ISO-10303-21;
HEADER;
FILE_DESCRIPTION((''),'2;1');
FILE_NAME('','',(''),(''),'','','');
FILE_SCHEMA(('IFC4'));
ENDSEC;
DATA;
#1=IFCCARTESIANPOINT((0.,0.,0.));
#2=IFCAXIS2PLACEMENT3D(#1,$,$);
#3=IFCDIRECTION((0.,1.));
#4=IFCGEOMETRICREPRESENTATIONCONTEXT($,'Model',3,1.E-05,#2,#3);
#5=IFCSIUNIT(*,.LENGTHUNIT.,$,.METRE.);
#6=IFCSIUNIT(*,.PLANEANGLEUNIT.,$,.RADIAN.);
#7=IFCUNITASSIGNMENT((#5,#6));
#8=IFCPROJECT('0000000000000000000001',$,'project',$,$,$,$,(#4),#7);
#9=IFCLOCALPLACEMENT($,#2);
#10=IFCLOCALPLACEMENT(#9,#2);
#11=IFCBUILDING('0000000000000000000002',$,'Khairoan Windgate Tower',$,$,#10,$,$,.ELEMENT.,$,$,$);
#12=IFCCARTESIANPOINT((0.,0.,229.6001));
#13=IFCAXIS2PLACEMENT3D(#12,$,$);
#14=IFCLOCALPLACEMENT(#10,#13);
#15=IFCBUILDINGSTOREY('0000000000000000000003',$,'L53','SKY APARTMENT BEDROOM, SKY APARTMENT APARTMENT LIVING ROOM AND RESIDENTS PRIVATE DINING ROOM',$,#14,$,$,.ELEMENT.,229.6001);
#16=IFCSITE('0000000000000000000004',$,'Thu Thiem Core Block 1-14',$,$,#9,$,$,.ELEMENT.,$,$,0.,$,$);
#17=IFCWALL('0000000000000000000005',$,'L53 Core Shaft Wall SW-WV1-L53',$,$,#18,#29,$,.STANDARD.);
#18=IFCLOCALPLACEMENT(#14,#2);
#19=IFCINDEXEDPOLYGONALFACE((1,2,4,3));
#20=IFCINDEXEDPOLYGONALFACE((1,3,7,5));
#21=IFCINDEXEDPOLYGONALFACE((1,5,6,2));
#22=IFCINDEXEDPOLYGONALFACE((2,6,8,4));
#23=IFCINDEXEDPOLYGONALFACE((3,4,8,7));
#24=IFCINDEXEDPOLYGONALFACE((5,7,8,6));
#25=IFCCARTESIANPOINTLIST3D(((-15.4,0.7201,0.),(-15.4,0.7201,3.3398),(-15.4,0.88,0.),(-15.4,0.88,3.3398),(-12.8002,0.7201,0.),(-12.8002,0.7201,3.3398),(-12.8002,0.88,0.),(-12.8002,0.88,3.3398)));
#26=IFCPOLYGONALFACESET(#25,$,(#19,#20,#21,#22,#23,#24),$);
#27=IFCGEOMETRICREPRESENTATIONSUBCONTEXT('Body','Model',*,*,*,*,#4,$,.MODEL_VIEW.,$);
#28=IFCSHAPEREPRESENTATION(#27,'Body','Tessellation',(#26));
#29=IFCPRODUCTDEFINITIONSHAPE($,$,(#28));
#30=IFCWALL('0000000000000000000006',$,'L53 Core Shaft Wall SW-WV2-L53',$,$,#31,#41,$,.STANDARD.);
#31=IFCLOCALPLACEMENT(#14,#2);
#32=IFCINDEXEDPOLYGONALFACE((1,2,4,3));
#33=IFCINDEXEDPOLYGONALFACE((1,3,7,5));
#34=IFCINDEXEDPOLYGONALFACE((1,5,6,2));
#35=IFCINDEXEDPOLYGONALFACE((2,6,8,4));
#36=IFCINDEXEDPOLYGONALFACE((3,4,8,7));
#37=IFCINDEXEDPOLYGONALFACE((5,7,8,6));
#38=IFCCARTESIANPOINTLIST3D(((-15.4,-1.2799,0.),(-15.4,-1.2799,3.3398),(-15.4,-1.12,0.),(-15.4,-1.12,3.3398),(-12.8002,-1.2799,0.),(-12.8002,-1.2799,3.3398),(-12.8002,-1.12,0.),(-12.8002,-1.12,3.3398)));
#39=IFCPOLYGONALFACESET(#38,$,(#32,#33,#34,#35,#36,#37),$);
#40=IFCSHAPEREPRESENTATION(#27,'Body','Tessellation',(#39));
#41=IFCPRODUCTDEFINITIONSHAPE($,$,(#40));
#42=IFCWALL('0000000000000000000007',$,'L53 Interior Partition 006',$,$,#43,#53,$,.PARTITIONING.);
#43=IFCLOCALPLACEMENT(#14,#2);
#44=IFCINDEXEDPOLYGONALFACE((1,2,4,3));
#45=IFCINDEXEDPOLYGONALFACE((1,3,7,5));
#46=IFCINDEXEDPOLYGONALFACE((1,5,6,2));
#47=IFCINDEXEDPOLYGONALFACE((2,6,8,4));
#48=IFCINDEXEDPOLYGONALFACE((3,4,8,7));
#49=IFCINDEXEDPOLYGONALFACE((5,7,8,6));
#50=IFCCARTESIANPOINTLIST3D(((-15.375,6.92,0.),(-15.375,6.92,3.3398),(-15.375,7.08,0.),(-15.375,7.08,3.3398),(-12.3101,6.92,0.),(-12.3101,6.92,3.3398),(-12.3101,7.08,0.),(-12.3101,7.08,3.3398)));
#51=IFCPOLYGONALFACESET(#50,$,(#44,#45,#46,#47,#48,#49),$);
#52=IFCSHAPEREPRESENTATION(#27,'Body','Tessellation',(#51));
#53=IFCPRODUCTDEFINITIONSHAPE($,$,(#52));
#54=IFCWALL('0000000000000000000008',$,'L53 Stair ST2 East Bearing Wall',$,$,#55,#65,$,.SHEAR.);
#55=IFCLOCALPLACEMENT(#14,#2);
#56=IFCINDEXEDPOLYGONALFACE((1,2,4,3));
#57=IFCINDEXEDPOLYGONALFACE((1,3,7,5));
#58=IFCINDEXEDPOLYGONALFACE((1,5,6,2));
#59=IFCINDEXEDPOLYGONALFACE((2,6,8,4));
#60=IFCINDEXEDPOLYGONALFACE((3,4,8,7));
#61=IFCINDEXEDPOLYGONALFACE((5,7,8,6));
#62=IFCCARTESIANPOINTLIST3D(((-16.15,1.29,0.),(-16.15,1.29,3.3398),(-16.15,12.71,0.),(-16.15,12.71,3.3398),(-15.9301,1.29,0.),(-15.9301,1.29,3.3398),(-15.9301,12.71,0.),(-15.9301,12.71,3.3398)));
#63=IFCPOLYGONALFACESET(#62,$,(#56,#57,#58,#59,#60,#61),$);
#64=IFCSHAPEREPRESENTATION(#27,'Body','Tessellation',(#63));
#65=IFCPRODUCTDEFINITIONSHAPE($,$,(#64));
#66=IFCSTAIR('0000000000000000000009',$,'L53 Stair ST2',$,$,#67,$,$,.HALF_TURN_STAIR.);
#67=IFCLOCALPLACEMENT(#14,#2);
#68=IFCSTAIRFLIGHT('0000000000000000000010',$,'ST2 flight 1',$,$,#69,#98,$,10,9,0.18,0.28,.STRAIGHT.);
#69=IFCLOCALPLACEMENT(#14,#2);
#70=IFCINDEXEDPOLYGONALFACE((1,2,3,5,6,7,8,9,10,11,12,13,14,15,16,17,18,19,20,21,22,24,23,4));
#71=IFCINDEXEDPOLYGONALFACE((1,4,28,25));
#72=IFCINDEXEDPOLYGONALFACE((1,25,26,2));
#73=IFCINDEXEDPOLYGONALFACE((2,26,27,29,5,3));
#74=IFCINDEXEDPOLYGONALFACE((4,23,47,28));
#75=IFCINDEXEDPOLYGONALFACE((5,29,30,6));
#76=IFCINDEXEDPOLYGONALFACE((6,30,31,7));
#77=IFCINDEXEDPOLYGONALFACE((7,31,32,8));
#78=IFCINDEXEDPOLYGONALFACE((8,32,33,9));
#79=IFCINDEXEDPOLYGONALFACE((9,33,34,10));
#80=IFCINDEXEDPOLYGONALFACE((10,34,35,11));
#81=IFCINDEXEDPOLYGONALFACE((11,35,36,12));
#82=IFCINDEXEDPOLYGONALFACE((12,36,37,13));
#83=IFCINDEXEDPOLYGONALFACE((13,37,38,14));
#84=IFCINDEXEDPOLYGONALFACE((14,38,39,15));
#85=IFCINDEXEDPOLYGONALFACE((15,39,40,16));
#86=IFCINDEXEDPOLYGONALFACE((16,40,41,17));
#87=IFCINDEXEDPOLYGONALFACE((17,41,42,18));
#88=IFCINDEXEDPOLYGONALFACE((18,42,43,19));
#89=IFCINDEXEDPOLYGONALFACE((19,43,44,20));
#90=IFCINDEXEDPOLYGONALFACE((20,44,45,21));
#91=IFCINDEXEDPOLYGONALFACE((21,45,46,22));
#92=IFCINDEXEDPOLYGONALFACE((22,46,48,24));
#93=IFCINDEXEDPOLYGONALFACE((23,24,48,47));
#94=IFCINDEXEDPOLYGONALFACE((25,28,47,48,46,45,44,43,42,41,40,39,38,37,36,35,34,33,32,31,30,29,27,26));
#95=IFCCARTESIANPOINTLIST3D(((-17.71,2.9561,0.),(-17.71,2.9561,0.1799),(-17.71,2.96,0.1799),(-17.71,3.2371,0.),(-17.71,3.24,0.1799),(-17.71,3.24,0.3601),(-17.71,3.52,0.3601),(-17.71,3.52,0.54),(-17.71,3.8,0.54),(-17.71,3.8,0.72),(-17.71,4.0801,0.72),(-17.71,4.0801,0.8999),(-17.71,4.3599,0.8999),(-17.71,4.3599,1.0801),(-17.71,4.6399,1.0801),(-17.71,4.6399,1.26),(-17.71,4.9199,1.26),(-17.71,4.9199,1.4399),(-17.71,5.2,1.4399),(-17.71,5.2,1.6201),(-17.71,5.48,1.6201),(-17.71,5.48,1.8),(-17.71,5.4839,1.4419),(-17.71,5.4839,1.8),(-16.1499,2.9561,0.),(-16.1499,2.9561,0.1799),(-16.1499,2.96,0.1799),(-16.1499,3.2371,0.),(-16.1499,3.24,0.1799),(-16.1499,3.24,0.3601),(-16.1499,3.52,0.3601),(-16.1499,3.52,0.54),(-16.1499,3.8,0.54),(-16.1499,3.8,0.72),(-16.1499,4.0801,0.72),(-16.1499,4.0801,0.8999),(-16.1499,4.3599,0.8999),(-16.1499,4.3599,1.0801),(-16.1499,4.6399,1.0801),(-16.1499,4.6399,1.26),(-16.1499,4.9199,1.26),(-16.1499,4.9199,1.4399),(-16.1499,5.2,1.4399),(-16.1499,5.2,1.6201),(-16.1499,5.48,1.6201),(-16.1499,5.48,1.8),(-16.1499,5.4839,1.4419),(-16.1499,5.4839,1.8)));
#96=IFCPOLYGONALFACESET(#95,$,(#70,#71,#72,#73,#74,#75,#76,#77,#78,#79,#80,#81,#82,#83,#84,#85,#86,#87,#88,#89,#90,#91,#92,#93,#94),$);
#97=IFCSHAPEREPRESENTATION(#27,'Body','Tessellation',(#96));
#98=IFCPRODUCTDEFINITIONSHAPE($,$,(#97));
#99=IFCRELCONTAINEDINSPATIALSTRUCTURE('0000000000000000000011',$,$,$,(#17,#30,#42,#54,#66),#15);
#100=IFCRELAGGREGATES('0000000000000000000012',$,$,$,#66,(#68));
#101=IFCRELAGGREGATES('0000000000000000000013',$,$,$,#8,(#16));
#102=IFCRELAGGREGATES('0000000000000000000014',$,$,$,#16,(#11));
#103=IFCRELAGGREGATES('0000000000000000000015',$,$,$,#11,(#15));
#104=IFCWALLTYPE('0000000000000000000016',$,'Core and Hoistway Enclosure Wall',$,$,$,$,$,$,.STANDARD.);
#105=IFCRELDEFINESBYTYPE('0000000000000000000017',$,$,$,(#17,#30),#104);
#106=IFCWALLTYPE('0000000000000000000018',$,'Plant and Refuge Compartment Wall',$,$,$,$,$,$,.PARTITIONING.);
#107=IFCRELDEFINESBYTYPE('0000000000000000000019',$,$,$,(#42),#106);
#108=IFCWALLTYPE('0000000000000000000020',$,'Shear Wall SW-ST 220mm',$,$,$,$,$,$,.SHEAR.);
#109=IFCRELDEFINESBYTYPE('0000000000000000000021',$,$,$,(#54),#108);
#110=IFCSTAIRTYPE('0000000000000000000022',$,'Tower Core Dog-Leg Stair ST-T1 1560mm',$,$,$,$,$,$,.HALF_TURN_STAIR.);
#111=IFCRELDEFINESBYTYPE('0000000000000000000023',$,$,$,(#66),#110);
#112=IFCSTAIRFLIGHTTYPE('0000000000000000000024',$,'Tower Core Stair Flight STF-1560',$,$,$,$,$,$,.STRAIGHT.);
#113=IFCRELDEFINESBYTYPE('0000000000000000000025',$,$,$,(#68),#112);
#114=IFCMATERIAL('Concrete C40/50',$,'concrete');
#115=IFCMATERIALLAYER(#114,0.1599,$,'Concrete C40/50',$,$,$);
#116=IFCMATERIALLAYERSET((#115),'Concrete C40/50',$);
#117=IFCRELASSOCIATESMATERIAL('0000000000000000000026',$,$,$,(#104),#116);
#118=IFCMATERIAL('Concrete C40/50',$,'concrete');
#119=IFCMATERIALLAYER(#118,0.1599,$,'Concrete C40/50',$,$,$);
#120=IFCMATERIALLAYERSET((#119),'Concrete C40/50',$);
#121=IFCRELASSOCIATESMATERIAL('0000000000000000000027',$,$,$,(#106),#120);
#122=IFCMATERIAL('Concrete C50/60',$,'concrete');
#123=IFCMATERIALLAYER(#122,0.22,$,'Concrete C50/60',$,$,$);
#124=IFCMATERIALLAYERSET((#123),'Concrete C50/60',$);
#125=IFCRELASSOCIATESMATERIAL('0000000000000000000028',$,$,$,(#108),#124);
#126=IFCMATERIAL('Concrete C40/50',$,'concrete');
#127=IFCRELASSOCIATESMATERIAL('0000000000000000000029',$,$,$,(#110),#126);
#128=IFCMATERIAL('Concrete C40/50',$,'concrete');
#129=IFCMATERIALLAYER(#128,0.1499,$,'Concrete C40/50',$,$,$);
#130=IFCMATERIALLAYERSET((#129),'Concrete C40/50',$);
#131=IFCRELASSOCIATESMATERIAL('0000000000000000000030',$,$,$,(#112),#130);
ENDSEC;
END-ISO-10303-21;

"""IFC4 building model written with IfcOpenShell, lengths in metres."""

from ifc_helpers import new_model, si_unit, direction, frame, frame_2d, origin, place, context, subcontext, project, spatial, polyline, rectangle, outline, extrude, material, layer, layer_set, type_object, element, aggregate, save


model = new_model("IFC4")

# Units and contexts
model_context = context("Model", 3, precision=1e-05, world=origin(), true_north=direction((0.0, 1.0)))
body_context = subcontext(model_context, "Body", "Model", "MODEL_VIEW")
ifc_project = project(units=[si_unit("LENGTHUNIT", "METRE"), si_unit("PLANEANGLEUNIT", "RADIAN")], contexts=[model_context])

# Site, building, storey
site_placement = place(None, origin())
site = spatial("IfcSite", under=ifc_project, at=site_placement, Name="Thu Thiem Core Block 1-14", CompositionType="ELEMENT", RefElevation=0.0)
building_placement = place(site_placement, origin())
building = spatial("IfcBuilding", under=site, at=building_placement, Name="Khairoan Windgate Tower", CompositionType="ELEMENT")
storey_placement = place(building_placement, frame((0.0, 0.0, 229.6001)))
storey = spatial("IfcBuildingStorey", under=building, at=storey_placement, Name="L53", Description="SKY APARTMENT BEDROOM, SKY APARTMENT APARTMENT LIVING ROOM AND RESIDENTS PRIVATE DINING ROOM", CompositionType="ELEMENT", Elevation=229.6001)

# Walls
ifc_material_1 = material(Name="Concrete C40/50", Category="concrete")
ifc_layer_1 = layer(ifc_material_1, 0.1599, Name="Concrete C40/50")
ifc_layer_set_1 = layer_set([ifc_layer_1], Name="Concrete C40/50")
wall_type_1 = type_object("IfcWallType", Name="Core and Hoistway Enclosure Wall", PredefinedType="STANDARD", material=ifc_layer_set_1)
for number, where, z_axis, x_axis, name in (
    (1, (-15.3999, 0.8, 0.0), (0.0, 0.0, 1.0), (1.0, 0.0, 0.0), "L53 Core Shaft Wall SW-WV1-L53"),
    (2, (-15.3999, -1.2, 0.0), (0.0, 0.0, 1.0), (1.0, 0.0, 0.0), "L53 Core Shaft Wall SW-WV2-L53"),
):
    element("IfcWall", number, at=place(storey_placement, frame(where, z_axis=z_axis, x_axis=x_axis)), inside=storey, type_object=wall_type_1, Name=name, PredefinedType="STANDARD", context=body_context, shape_type="SweptSolid", body=[
        extrude(rectangle(XDim=2.5999, YDim=0.1599, at=frame_2d((1.2998, 0.0))), origin(), (0.0, 0.0, 1.0), 3.3398),
    ])
ifc_material_2 = material(Name="Concrete C40/50", Category="concrete")
ifc_layer_2 = layer(ifc_material_2, 0.1599, Name="Concrete C40/50")
ifc_layer_set_2 = layer_set([ifc_layer_2], Name="Concrete C40/50")
wall_type_2 = type_object("IfcWallType", Name="Plant and Refuge Compartment Wall", PredefinedType="PARTITIONING", material=ifc_layer_set_2)
wall_1_placement = place(storey_placement, frame((-15.375, 7.0, 0.0), z_axis=(0.0, 0.0, 1.0), x_axis=(1.0, 0.0, 0.0)))
element("IfcWall", 3, at=wall_1_placement, inside=storey, type_object=wall_type_2, Name="L53 Interior Partition 006", PredefinedType="PARTITIONING", context=body_context, shape_type="SweptSolid", body=[
    extrude(rectangle(XDim=3.0649, YDim=0.1599, at=frame_2d((1.5325, 0.0))), origin(), (0.0, 0.0, 1.0), 3.3398),
])
ifc_material_3 = material(Name="Concrete C50/60", Category="concrete")
ifc_layer_3 = layer(ifc_material_3, 0.22, Name="Concrete C50/60")
ifc_layer_set_3 = layer_set([ifc_layer_3], Name="Concrete C50/60")
wall_type_3 = type_object("IfcWallType", Name="Shear Wall SW-ST 220mm", PredefinedType="SHEAR", material=ifc_layer_set_3)
wall_2_placement = place(storey_placement, frame((-16.04, 1.29, 0.0), z_axis=(0.0, 0.0, 1.0), x_axis=(0.0, 1.0, 0.0)))
element("IfcWall", 4, at=wall_2_placement, inside=storey, type_object=wall_type_3, Name="L53 Stair ST2 East Bearing Wall", PredefinedType="SHEAR", context=body_context, shape_type="SweptSolid", body=[
    extrude(rectangle(XDim=11.4199, YDim=0.22, at=frame_2d((5.71, 0.0))), origin(), (0.0, 0.0, 1.0), 3.3398),
])

# Stair, stair flight
ifc_material_4 = material(Name="Concrete C40/50", Category="concrete")
stair_type = type_object("IfcStairType", Name="Tower Core Dog-Leg Stair ST-T1 1560mm", PredefinedType="HALF_TURN_STAIR", material=ifc_material_4)
stair_placement = place(storey_placement, origin())
stair = element("IfcStair", 5, at=stair_placement, inside=storey, type_object=stair_type, Name="L53 Stair ST2", PredefinedType="HALF_TURN_STAIR")
ifc_material_5 = material(Name="Concrete C40/50", Category="concrete")
ifc_layer_4 = layer(ifc_material_5, 0.1499, Name="Concrete C40/50")
ifc_layer_set_4 = layer_set([ifc_layer_4], Name="Concrete C40/50")
stair_flight_type = type_object("IfcStairFlightType", Name="Tower Core Stair Flight STF-1560", PredefinedType="STRAIGHT", material=ifc_layer_set_4)
stair_flight_placement = place(storey_placement, frame((-16.9299, 2.96, 0.0), z_axis=(0.0, 0.0, 1.0), x_axis=(0.0, 1.0, 0.0)))
stair_flight = element("IfcStairFlight", 6, at=stair_flight_placement, type_object=stair_flight_type, Name="ST2 flight 1", NumberOfRisers=10, NumberOfTreads=9, PredefinedType="STRAIGHT", RiserHeight=0.18, TreadLength=0.28, context=body_context, shape_type="SweptSolid", body=[
    extrude(outline(polyline([(-0.0039, 0.0), (-0.0039, 0.1799), (0.0, 0.1799), (0.28, 0.1799), (0.28, 0.3601), (0.5601, 0.3601), (0.5601, 0.54), (0.8401, 0.54), (0.8401, 0.72), (1.1201, 0.72), (1.1201, 0.8999), (1.3999, 0.8999), (1.3999, 1.0801), (1.6799, 1.0801), (1.6799, 1.26), (1.96, 1.26), (1.96, 1.4399), (2.24, 1.4399), (2.24, 1.6201), (2.52, 1.6201), (2.52, 1.8), (2.5239, 1.8), (2.5239, 1.4419), (0.2771, 0.0), (-0.0039, 0.0)])), frame((0.0, 0.78, 0.0), z_axis=(0.0, -1.0, 0.0), x_axis=(1.0, 0.0, 0.0)), (0.0, 0.0, 1.0), 1.5601),
])
aggregate(stair, [stair_flight])

save(model, "model.ifc")
